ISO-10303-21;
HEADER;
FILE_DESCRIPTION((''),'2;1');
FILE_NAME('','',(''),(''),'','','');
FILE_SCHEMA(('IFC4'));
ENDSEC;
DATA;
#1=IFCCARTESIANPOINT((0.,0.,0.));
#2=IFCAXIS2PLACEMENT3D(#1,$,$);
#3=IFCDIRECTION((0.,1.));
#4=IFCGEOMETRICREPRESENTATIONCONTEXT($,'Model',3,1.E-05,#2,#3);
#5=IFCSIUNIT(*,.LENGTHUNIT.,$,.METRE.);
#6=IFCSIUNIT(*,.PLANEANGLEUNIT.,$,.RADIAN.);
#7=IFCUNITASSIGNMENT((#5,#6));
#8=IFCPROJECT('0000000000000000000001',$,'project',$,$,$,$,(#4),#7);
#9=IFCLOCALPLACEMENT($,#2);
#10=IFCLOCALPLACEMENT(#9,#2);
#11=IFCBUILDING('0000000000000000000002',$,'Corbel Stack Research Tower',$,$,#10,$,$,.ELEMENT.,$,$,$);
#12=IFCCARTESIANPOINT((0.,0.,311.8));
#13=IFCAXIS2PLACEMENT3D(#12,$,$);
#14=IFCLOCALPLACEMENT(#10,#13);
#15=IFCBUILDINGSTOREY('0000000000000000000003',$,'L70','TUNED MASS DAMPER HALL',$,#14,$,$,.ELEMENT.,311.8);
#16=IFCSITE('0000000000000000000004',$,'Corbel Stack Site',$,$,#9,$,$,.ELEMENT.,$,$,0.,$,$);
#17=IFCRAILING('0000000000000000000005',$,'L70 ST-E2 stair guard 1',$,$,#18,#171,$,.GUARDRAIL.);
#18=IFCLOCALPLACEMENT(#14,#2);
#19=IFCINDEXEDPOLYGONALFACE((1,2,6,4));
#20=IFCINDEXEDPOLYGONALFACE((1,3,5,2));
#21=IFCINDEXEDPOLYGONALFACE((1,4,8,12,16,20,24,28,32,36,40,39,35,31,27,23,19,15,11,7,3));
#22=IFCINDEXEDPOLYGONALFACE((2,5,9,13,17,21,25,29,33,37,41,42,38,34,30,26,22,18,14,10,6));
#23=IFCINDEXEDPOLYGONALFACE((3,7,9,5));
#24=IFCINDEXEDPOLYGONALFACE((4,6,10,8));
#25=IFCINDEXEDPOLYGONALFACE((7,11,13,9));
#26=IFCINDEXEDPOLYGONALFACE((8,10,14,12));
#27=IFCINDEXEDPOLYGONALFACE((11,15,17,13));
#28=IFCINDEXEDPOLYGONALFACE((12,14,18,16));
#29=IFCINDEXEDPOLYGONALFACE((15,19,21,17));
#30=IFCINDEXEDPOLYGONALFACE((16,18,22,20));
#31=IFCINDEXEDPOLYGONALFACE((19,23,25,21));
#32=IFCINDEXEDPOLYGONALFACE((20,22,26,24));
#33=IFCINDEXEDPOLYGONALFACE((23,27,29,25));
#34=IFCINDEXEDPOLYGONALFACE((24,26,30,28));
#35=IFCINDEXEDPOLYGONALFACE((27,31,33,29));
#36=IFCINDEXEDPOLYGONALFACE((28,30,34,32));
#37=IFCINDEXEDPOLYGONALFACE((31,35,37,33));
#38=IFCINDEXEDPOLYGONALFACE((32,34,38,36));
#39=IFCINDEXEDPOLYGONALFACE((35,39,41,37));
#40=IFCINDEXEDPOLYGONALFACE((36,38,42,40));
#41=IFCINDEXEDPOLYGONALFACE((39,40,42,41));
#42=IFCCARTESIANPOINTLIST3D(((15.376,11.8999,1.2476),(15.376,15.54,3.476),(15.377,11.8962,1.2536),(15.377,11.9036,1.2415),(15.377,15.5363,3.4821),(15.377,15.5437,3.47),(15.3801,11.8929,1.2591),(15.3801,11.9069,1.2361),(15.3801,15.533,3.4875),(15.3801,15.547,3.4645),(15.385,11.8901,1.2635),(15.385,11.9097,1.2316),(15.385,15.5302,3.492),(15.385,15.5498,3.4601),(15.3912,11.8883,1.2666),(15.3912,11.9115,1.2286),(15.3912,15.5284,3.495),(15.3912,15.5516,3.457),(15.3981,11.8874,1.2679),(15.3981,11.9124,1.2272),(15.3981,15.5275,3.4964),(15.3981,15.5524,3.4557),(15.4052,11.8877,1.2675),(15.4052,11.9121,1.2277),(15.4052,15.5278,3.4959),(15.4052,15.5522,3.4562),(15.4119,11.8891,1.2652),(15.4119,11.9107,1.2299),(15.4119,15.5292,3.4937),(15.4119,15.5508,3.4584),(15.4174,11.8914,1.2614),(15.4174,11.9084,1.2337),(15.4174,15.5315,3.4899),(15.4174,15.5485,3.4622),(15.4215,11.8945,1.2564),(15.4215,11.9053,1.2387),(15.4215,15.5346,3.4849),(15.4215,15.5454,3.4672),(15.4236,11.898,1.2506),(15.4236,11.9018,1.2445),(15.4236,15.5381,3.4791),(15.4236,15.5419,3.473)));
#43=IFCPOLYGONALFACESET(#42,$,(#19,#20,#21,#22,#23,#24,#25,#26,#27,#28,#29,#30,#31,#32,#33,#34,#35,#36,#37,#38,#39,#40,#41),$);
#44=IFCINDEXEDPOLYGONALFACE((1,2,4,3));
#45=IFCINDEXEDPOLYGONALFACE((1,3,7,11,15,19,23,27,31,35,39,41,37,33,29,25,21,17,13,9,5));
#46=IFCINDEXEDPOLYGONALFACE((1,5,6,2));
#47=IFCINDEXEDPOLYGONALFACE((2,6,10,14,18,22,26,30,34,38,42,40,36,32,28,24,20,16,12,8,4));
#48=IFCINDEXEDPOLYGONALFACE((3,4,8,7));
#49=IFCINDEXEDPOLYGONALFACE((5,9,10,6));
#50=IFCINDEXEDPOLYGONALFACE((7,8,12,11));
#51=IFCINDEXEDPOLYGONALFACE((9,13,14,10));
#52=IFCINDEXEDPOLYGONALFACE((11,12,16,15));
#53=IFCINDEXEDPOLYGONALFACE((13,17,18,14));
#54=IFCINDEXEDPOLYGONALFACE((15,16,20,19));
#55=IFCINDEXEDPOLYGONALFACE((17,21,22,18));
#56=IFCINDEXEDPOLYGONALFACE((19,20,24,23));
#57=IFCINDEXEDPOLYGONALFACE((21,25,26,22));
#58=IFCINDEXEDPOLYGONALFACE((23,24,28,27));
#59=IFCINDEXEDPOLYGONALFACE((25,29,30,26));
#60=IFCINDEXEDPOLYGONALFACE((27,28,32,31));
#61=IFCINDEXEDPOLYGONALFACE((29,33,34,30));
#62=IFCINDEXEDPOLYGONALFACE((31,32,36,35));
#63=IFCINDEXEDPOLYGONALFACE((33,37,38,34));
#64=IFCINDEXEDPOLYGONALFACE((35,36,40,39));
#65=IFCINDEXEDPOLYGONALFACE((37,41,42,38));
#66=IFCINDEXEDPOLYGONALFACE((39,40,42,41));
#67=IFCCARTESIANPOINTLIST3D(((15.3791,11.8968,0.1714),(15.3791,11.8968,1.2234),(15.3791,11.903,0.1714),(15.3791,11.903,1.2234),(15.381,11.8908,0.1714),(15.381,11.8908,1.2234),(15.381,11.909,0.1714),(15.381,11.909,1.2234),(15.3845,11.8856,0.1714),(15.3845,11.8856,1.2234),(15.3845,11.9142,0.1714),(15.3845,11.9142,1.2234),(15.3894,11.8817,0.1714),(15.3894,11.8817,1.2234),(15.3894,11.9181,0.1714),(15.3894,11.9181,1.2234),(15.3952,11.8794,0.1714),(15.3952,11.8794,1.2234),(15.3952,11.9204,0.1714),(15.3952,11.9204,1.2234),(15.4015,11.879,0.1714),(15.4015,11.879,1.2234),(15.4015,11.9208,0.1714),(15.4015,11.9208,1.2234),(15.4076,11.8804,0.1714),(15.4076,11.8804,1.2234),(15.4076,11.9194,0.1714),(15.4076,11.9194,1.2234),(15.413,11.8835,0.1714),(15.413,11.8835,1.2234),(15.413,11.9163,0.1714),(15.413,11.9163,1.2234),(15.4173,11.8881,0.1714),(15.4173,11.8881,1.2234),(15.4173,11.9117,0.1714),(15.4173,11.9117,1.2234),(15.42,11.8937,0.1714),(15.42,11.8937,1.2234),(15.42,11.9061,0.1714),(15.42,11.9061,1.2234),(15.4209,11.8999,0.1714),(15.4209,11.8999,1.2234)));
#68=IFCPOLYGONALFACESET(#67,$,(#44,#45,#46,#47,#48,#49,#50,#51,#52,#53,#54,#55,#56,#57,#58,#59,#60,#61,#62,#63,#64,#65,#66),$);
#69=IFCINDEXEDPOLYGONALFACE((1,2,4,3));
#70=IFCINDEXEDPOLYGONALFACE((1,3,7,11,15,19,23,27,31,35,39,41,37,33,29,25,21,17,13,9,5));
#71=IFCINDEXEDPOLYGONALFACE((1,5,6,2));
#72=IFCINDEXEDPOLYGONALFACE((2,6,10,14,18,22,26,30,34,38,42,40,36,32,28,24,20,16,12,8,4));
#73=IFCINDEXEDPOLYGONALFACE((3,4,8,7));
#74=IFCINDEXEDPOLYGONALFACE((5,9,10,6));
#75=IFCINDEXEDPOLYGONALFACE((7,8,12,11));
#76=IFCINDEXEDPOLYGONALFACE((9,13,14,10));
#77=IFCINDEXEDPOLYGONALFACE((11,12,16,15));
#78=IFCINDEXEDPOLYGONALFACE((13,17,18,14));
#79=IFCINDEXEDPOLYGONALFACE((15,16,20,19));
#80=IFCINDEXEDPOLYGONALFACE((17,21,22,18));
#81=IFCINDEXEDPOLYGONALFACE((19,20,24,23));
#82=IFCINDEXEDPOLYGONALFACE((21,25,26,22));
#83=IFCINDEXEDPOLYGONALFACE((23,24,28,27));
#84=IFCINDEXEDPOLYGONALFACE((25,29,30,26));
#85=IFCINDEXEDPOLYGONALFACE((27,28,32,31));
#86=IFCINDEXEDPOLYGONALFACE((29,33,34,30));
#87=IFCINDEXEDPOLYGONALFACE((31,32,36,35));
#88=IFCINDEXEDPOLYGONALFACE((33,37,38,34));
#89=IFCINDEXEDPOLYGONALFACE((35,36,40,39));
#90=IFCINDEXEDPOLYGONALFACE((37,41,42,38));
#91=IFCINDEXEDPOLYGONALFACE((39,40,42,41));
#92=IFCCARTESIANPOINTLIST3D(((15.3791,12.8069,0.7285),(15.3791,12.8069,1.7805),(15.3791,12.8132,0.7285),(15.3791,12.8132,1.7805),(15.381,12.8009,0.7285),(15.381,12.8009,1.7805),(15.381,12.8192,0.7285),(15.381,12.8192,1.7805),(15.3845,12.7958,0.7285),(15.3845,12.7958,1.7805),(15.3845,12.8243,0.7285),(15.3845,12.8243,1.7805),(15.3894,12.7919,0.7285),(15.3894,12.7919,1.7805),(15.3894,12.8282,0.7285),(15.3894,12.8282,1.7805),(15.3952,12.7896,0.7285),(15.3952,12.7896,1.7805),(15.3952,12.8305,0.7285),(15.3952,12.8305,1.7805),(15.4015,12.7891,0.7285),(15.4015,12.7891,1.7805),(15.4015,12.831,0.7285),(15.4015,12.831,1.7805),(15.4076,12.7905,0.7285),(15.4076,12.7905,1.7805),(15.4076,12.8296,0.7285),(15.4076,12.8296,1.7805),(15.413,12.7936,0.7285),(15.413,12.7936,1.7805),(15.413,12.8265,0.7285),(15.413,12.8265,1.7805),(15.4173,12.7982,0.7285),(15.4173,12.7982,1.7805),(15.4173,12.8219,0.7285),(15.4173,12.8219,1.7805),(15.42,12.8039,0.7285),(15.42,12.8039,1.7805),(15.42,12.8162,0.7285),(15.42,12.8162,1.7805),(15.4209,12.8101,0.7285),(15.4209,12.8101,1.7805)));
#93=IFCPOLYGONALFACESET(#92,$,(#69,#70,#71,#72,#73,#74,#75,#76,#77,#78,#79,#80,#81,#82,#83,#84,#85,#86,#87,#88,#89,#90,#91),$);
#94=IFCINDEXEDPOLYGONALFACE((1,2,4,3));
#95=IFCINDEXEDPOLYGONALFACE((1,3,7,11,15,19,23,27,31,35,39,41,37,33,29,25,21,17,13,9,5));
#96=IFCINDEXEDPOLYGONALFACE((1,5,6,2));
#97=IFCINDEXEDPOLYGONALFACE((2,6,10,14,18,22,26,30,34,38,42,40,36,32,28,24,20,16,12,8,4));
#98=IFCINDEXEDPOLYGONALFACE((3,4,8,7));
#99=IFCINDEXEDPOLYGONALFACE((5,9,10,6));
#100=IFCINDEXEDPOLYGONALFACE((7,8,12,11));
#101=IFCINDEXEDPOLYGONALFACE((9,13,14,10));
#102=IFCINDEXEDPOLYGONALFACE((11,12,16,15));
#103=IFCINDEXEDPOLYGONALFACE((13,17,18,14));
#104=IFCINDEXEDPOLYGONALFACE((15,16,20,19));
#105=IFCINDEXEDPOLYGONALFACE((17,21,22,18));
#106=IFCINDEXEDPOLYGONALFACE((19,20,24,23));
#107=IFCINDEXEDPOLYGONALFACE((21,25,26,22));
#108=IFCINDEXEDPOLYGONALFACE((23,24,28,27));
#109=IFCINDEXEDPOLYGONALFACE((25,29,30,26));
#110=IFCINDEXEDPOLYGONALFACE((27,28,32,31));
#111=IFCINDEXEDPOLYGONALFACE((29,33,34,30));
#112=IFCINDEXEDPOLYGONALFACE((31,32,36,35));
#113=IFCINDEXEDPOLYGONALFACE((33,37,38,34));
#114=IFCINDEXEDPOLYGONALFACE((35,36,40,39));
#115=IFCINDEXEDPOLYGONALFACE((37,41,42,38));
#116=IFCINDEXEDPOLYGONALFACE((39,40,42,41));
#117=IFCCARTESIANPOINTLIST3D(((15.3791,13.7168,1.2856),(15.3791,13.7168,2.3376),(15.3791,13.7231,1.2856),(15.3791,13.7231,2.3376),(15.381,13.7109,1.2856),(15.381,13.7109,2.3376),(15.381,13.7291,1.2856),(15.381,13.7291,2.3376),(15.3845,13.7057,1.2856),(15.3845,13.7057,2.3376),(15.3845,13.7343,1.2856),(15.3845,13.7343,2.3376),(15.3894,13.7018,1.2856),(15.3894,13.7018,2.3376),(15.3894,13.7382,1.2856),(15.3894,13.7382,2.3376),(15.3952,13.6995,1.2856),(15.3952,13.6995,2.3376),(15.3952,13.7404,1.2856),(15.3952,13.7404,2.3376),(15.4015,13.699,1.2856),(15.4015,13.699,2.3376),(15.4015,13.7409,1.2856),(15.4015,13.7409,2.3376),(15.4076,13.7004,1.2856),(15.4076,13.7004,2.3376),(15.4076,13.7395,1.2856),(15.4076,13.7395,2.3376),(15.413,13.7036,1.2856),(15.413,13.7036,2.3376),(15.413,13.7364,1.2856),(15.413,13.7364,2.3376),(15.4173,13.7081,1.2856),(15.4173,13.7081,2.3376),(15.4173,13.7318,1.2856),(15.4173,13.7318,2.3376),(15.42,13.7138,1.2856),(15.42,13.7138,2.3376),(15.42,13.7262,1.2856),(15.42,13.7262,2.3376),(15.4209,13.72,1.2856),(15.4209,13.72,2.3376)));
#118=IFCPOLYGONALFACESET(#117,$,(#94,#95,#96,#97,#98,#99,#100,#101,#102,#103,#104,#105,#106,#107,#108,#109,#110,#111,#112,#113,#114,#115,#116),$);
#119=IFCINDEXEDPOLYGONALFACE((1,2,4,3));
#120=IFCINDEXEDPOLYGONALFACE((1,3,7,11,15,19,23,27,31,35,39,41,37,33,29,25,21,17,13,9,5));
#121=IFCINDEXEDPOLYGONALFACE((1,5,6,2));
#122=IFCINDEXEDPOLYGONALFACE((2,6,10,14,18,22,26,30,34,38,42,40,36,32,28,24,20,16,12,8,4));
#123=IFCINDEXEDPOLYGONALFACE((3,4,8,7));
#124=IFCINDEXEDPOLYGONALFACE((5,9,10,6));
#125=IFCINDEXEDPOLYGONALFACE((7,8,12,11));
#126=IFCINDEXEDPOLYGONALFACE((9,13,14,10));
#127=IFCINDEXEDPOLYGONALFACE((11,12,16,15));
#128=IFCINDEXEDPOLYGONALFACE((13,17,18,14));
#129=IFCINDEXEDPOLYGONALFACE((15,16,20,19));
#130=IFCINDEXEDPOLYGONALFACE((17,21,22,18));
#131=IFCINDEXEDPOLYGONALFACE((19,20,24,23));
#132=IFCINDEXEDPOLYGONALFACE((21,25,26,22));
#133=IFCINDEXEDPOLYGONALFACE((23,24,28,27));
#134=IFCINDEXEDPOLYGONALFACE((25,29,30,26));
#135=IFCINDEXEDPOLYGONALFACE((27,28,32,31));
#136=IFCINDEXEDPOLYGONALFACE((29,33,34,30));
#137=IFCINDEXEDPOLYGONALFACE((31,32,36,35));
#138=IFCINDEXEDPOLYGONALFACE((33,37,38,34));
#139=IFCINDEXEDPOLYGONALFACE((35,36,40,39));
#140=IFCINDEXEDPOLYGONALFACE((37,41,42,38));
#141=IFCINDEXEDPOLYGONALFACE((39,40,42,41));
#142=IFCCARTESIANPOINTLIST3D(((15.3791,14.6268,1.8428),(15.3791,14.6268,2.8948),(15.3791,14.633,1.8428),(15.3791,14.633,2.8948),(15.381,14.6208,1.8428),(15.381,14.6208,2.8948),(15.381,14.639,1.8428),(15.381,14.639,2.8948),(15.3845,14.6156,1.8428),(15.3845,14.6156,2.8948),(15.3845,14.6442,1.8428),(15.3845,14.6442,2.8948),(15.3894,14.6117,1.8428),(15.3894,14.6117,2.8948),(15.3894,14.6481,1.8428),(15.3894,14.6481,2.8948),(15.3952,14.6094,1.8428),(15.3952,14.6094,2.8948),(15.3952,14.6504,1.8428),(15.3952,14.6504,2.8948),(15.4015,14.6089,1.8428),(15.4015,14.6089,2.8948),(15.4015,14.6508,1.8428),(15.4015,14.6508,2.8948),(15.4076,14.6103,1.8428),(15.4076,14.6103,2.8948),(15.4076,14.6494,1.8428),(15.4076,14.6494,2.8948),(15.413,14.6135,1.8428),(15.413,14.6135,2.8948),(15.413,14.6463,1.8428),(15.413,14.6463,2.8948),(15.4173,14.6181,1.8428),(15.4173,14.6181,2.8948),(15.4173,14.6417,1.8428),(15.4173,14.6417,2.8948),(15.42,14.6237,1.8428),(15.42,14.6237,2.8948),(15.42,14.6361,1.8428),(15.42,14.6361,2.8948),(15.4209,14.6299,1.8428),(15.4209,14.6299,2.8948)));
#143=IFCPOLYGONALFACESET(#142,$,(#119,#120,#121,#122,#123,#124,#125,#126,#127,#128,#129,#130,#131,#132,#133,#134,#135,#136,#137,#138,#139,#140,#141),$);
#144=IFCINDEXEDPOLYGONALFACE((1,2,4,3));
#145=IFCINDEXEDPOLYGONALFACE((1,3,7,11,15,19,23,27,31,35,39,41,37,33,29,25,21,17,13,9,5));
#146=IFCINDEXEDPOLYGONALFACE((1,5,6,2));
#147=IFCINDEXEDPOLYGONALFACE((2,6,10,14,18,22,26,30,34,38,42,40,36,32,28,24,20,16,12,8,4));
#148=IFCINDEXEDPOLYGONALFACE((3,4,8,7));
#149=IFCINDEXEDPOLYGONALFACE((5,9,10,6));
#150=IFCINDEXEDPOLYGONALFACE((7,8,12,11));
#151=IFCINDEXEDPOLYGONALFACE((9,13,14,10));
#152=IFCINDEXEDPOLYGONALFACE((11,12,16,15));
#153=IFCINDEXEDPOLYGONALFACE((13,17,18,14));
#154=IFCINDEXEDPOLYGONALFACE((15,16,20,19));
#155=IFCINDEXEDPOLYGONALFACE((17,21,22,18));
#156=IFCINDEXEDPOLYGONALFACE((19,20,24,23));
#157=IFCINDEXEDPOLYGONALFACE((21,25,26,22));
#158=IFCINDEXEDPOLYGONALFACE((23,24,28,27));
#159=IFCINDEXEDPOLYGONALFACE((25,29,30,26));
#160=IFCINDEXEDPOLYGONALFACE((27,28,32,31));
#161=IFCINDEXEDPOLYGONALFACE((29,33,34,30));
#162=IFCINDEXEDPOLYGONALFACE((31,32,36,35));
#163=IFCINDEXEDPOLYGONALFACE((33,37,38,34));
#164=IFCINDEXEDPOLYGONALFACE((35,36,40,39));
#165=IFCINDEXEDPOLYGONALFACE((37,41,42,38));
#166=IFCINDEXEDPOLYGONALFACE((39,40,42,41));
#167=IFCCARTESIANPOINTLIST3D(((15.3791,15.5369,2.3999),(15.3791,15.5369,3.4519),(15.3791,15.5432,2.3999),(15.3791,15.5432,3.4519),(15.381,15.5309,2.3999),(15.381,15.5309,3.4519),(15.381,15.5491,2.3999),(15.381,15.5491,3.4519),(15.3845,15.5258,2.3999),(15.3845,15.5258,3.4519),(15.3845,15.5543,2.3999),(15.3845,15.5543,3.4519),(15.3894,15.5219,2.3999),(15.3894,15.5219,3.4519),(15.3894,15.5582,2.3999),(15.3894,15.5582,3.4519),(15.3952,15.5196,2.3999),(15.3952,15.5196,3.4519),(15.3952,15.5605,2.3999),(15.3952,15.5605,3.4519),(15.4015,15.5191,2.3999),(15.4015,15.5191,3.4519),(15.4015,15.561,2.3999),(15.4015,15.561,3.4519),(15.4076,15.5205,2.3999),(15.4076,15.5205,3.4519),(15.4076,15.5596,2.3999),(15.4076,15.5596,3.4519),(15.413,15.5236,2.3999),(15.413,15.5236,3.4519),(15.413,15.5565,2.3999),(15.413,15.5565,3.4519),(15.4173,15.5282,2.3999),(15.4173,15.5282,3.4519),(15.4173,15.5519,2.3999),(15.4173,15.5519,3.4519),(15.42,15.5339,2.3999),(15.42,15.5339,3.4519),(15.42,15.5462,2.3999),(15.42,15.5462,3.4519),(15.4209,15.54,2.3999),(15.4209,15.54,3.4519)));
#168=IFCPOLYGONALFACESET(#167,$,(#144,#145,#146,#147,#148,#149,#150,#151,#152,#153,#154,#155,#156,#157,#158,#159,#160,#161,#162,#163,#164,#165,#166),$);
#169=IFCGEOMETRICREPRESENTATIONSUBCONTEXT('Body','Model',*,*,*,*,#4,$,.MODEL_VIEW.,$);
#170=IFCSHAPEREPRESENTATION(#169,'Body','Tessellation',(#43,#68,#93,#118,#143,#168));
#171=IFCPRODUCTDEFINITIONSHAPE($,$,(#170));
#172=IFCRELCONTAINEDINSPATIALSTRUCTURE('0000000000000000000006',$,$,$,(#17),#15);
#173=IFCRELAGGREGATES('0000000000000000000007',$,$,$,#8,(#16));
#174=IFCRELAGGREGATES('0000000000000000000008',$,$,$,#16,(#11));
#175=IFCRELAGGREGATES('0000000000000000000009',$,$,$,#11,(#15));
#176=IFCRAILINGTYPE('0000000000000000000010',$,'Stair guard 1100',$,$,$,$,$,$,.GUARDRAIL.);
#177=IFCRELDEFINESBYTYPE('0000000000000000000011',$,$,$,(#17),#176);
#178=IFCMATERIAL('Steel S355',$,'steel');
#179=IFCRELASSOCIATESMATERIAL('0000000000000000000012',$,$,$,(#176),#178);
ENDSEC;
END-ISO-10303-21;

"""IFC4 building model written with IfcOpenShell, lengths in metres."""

from ifc_helpers import new_model, si_unit, direction, frame, origin, origin_2d, place, context, subcontext, project, spatial, circle, extrude, material, type_object, element, save


model = new_model("IFC4")

# Units and contexts
model_context = context("Model", 3, precision=1e-05, world=origin(), true_north=direction((0.0, 1.0)))
body_context = subcontext(model_context, "Body", "Model", "MODEL_VIEW")
ifc_project = project(units=[si_unit("LENGTHUNIT", "METRE"), si_unit("PLANEANGLEUNIT", "RADIAN")], contexts=[model_context])

# Site, building, storey
site_placement = place(None, origin())
site = spatial("IfcSite", under=ifc_project, at=site_placement, Name="Corbel Stack Site", CompositionType="ELEMENT", RefElevation=0.0)
building_placement = place(site_placement, origin())
building = spatial("IfcBuilding", under=site, at=building_placement, Name="Corbel Stack Research Tower", CompositionType="ELEMENT")
storey_placement = place(building_placement, frame((0.0, 0.0, 311.8)))
storey = spatial("IfcBuildingStorey", under=building, at=storey_placement, Name="L70", Description="TUNED MASS DAMPER HALL", CompositionType="ELEMENT", Elevation=311.8)

# Railing
ifc_material_1 = material(Name="Steel S355", Category="steel")
railing_type_1 = type_object("IfcRailingType", Name="Stair guard 1100", PredefinedType="GUARDRAIL", material=ifc_material_1)
railing_1_placement = place(storey_placement, frame((15.3999, 11.8999, 0.1714)))
element("IfcRailing", 1, at=railing_1_placement, inside=storey, type_object=railing_type_1, Name="L70 ST-E2 stair guard 1", PredefinedType="GUARDRAIL", context=body_context, shape_type="SweptSolid", body=[
    extrude(circle(Radius=0.0239, at=origin_2d()), frame((0.0, 0.0, 1.0762), z_axis=(0.0, 0.852866, 0.52213), x_axis=(-1.0, 0.0, 0.0)), (0.0, 0.0, 1.0), 4.2681),
    extrude(circle(Radius=0.021, at=origin_2d()), origin(), (0.0, 0.0, 1.0), 1.052),
    extrude(circle(Radius=0.021, at=origin_2d()), frame((0.0, 0.9102, 0.5571)), (0.0, 0.0, 1.0), 1.052),
    extrude(circle(Radius=0.021, at=origin_2d()), frame((0.0, 1.8201, 1.1143)), (0.0, 0.0, 1.0), 1.052),
    extrude(circle(Radius=0.021, at=origin_2d()), frame((0.0, 2.73, 1.6714)), (0.0, 0.0, 1.0), 1.052),
    extrude(circle(Radius=0.021, at=origin_2d()), frame((0.0, 3.6401, 2.2285)), (0.0, 0.0, 1.0), 1.052),
])

save(model, "model.ifc")
